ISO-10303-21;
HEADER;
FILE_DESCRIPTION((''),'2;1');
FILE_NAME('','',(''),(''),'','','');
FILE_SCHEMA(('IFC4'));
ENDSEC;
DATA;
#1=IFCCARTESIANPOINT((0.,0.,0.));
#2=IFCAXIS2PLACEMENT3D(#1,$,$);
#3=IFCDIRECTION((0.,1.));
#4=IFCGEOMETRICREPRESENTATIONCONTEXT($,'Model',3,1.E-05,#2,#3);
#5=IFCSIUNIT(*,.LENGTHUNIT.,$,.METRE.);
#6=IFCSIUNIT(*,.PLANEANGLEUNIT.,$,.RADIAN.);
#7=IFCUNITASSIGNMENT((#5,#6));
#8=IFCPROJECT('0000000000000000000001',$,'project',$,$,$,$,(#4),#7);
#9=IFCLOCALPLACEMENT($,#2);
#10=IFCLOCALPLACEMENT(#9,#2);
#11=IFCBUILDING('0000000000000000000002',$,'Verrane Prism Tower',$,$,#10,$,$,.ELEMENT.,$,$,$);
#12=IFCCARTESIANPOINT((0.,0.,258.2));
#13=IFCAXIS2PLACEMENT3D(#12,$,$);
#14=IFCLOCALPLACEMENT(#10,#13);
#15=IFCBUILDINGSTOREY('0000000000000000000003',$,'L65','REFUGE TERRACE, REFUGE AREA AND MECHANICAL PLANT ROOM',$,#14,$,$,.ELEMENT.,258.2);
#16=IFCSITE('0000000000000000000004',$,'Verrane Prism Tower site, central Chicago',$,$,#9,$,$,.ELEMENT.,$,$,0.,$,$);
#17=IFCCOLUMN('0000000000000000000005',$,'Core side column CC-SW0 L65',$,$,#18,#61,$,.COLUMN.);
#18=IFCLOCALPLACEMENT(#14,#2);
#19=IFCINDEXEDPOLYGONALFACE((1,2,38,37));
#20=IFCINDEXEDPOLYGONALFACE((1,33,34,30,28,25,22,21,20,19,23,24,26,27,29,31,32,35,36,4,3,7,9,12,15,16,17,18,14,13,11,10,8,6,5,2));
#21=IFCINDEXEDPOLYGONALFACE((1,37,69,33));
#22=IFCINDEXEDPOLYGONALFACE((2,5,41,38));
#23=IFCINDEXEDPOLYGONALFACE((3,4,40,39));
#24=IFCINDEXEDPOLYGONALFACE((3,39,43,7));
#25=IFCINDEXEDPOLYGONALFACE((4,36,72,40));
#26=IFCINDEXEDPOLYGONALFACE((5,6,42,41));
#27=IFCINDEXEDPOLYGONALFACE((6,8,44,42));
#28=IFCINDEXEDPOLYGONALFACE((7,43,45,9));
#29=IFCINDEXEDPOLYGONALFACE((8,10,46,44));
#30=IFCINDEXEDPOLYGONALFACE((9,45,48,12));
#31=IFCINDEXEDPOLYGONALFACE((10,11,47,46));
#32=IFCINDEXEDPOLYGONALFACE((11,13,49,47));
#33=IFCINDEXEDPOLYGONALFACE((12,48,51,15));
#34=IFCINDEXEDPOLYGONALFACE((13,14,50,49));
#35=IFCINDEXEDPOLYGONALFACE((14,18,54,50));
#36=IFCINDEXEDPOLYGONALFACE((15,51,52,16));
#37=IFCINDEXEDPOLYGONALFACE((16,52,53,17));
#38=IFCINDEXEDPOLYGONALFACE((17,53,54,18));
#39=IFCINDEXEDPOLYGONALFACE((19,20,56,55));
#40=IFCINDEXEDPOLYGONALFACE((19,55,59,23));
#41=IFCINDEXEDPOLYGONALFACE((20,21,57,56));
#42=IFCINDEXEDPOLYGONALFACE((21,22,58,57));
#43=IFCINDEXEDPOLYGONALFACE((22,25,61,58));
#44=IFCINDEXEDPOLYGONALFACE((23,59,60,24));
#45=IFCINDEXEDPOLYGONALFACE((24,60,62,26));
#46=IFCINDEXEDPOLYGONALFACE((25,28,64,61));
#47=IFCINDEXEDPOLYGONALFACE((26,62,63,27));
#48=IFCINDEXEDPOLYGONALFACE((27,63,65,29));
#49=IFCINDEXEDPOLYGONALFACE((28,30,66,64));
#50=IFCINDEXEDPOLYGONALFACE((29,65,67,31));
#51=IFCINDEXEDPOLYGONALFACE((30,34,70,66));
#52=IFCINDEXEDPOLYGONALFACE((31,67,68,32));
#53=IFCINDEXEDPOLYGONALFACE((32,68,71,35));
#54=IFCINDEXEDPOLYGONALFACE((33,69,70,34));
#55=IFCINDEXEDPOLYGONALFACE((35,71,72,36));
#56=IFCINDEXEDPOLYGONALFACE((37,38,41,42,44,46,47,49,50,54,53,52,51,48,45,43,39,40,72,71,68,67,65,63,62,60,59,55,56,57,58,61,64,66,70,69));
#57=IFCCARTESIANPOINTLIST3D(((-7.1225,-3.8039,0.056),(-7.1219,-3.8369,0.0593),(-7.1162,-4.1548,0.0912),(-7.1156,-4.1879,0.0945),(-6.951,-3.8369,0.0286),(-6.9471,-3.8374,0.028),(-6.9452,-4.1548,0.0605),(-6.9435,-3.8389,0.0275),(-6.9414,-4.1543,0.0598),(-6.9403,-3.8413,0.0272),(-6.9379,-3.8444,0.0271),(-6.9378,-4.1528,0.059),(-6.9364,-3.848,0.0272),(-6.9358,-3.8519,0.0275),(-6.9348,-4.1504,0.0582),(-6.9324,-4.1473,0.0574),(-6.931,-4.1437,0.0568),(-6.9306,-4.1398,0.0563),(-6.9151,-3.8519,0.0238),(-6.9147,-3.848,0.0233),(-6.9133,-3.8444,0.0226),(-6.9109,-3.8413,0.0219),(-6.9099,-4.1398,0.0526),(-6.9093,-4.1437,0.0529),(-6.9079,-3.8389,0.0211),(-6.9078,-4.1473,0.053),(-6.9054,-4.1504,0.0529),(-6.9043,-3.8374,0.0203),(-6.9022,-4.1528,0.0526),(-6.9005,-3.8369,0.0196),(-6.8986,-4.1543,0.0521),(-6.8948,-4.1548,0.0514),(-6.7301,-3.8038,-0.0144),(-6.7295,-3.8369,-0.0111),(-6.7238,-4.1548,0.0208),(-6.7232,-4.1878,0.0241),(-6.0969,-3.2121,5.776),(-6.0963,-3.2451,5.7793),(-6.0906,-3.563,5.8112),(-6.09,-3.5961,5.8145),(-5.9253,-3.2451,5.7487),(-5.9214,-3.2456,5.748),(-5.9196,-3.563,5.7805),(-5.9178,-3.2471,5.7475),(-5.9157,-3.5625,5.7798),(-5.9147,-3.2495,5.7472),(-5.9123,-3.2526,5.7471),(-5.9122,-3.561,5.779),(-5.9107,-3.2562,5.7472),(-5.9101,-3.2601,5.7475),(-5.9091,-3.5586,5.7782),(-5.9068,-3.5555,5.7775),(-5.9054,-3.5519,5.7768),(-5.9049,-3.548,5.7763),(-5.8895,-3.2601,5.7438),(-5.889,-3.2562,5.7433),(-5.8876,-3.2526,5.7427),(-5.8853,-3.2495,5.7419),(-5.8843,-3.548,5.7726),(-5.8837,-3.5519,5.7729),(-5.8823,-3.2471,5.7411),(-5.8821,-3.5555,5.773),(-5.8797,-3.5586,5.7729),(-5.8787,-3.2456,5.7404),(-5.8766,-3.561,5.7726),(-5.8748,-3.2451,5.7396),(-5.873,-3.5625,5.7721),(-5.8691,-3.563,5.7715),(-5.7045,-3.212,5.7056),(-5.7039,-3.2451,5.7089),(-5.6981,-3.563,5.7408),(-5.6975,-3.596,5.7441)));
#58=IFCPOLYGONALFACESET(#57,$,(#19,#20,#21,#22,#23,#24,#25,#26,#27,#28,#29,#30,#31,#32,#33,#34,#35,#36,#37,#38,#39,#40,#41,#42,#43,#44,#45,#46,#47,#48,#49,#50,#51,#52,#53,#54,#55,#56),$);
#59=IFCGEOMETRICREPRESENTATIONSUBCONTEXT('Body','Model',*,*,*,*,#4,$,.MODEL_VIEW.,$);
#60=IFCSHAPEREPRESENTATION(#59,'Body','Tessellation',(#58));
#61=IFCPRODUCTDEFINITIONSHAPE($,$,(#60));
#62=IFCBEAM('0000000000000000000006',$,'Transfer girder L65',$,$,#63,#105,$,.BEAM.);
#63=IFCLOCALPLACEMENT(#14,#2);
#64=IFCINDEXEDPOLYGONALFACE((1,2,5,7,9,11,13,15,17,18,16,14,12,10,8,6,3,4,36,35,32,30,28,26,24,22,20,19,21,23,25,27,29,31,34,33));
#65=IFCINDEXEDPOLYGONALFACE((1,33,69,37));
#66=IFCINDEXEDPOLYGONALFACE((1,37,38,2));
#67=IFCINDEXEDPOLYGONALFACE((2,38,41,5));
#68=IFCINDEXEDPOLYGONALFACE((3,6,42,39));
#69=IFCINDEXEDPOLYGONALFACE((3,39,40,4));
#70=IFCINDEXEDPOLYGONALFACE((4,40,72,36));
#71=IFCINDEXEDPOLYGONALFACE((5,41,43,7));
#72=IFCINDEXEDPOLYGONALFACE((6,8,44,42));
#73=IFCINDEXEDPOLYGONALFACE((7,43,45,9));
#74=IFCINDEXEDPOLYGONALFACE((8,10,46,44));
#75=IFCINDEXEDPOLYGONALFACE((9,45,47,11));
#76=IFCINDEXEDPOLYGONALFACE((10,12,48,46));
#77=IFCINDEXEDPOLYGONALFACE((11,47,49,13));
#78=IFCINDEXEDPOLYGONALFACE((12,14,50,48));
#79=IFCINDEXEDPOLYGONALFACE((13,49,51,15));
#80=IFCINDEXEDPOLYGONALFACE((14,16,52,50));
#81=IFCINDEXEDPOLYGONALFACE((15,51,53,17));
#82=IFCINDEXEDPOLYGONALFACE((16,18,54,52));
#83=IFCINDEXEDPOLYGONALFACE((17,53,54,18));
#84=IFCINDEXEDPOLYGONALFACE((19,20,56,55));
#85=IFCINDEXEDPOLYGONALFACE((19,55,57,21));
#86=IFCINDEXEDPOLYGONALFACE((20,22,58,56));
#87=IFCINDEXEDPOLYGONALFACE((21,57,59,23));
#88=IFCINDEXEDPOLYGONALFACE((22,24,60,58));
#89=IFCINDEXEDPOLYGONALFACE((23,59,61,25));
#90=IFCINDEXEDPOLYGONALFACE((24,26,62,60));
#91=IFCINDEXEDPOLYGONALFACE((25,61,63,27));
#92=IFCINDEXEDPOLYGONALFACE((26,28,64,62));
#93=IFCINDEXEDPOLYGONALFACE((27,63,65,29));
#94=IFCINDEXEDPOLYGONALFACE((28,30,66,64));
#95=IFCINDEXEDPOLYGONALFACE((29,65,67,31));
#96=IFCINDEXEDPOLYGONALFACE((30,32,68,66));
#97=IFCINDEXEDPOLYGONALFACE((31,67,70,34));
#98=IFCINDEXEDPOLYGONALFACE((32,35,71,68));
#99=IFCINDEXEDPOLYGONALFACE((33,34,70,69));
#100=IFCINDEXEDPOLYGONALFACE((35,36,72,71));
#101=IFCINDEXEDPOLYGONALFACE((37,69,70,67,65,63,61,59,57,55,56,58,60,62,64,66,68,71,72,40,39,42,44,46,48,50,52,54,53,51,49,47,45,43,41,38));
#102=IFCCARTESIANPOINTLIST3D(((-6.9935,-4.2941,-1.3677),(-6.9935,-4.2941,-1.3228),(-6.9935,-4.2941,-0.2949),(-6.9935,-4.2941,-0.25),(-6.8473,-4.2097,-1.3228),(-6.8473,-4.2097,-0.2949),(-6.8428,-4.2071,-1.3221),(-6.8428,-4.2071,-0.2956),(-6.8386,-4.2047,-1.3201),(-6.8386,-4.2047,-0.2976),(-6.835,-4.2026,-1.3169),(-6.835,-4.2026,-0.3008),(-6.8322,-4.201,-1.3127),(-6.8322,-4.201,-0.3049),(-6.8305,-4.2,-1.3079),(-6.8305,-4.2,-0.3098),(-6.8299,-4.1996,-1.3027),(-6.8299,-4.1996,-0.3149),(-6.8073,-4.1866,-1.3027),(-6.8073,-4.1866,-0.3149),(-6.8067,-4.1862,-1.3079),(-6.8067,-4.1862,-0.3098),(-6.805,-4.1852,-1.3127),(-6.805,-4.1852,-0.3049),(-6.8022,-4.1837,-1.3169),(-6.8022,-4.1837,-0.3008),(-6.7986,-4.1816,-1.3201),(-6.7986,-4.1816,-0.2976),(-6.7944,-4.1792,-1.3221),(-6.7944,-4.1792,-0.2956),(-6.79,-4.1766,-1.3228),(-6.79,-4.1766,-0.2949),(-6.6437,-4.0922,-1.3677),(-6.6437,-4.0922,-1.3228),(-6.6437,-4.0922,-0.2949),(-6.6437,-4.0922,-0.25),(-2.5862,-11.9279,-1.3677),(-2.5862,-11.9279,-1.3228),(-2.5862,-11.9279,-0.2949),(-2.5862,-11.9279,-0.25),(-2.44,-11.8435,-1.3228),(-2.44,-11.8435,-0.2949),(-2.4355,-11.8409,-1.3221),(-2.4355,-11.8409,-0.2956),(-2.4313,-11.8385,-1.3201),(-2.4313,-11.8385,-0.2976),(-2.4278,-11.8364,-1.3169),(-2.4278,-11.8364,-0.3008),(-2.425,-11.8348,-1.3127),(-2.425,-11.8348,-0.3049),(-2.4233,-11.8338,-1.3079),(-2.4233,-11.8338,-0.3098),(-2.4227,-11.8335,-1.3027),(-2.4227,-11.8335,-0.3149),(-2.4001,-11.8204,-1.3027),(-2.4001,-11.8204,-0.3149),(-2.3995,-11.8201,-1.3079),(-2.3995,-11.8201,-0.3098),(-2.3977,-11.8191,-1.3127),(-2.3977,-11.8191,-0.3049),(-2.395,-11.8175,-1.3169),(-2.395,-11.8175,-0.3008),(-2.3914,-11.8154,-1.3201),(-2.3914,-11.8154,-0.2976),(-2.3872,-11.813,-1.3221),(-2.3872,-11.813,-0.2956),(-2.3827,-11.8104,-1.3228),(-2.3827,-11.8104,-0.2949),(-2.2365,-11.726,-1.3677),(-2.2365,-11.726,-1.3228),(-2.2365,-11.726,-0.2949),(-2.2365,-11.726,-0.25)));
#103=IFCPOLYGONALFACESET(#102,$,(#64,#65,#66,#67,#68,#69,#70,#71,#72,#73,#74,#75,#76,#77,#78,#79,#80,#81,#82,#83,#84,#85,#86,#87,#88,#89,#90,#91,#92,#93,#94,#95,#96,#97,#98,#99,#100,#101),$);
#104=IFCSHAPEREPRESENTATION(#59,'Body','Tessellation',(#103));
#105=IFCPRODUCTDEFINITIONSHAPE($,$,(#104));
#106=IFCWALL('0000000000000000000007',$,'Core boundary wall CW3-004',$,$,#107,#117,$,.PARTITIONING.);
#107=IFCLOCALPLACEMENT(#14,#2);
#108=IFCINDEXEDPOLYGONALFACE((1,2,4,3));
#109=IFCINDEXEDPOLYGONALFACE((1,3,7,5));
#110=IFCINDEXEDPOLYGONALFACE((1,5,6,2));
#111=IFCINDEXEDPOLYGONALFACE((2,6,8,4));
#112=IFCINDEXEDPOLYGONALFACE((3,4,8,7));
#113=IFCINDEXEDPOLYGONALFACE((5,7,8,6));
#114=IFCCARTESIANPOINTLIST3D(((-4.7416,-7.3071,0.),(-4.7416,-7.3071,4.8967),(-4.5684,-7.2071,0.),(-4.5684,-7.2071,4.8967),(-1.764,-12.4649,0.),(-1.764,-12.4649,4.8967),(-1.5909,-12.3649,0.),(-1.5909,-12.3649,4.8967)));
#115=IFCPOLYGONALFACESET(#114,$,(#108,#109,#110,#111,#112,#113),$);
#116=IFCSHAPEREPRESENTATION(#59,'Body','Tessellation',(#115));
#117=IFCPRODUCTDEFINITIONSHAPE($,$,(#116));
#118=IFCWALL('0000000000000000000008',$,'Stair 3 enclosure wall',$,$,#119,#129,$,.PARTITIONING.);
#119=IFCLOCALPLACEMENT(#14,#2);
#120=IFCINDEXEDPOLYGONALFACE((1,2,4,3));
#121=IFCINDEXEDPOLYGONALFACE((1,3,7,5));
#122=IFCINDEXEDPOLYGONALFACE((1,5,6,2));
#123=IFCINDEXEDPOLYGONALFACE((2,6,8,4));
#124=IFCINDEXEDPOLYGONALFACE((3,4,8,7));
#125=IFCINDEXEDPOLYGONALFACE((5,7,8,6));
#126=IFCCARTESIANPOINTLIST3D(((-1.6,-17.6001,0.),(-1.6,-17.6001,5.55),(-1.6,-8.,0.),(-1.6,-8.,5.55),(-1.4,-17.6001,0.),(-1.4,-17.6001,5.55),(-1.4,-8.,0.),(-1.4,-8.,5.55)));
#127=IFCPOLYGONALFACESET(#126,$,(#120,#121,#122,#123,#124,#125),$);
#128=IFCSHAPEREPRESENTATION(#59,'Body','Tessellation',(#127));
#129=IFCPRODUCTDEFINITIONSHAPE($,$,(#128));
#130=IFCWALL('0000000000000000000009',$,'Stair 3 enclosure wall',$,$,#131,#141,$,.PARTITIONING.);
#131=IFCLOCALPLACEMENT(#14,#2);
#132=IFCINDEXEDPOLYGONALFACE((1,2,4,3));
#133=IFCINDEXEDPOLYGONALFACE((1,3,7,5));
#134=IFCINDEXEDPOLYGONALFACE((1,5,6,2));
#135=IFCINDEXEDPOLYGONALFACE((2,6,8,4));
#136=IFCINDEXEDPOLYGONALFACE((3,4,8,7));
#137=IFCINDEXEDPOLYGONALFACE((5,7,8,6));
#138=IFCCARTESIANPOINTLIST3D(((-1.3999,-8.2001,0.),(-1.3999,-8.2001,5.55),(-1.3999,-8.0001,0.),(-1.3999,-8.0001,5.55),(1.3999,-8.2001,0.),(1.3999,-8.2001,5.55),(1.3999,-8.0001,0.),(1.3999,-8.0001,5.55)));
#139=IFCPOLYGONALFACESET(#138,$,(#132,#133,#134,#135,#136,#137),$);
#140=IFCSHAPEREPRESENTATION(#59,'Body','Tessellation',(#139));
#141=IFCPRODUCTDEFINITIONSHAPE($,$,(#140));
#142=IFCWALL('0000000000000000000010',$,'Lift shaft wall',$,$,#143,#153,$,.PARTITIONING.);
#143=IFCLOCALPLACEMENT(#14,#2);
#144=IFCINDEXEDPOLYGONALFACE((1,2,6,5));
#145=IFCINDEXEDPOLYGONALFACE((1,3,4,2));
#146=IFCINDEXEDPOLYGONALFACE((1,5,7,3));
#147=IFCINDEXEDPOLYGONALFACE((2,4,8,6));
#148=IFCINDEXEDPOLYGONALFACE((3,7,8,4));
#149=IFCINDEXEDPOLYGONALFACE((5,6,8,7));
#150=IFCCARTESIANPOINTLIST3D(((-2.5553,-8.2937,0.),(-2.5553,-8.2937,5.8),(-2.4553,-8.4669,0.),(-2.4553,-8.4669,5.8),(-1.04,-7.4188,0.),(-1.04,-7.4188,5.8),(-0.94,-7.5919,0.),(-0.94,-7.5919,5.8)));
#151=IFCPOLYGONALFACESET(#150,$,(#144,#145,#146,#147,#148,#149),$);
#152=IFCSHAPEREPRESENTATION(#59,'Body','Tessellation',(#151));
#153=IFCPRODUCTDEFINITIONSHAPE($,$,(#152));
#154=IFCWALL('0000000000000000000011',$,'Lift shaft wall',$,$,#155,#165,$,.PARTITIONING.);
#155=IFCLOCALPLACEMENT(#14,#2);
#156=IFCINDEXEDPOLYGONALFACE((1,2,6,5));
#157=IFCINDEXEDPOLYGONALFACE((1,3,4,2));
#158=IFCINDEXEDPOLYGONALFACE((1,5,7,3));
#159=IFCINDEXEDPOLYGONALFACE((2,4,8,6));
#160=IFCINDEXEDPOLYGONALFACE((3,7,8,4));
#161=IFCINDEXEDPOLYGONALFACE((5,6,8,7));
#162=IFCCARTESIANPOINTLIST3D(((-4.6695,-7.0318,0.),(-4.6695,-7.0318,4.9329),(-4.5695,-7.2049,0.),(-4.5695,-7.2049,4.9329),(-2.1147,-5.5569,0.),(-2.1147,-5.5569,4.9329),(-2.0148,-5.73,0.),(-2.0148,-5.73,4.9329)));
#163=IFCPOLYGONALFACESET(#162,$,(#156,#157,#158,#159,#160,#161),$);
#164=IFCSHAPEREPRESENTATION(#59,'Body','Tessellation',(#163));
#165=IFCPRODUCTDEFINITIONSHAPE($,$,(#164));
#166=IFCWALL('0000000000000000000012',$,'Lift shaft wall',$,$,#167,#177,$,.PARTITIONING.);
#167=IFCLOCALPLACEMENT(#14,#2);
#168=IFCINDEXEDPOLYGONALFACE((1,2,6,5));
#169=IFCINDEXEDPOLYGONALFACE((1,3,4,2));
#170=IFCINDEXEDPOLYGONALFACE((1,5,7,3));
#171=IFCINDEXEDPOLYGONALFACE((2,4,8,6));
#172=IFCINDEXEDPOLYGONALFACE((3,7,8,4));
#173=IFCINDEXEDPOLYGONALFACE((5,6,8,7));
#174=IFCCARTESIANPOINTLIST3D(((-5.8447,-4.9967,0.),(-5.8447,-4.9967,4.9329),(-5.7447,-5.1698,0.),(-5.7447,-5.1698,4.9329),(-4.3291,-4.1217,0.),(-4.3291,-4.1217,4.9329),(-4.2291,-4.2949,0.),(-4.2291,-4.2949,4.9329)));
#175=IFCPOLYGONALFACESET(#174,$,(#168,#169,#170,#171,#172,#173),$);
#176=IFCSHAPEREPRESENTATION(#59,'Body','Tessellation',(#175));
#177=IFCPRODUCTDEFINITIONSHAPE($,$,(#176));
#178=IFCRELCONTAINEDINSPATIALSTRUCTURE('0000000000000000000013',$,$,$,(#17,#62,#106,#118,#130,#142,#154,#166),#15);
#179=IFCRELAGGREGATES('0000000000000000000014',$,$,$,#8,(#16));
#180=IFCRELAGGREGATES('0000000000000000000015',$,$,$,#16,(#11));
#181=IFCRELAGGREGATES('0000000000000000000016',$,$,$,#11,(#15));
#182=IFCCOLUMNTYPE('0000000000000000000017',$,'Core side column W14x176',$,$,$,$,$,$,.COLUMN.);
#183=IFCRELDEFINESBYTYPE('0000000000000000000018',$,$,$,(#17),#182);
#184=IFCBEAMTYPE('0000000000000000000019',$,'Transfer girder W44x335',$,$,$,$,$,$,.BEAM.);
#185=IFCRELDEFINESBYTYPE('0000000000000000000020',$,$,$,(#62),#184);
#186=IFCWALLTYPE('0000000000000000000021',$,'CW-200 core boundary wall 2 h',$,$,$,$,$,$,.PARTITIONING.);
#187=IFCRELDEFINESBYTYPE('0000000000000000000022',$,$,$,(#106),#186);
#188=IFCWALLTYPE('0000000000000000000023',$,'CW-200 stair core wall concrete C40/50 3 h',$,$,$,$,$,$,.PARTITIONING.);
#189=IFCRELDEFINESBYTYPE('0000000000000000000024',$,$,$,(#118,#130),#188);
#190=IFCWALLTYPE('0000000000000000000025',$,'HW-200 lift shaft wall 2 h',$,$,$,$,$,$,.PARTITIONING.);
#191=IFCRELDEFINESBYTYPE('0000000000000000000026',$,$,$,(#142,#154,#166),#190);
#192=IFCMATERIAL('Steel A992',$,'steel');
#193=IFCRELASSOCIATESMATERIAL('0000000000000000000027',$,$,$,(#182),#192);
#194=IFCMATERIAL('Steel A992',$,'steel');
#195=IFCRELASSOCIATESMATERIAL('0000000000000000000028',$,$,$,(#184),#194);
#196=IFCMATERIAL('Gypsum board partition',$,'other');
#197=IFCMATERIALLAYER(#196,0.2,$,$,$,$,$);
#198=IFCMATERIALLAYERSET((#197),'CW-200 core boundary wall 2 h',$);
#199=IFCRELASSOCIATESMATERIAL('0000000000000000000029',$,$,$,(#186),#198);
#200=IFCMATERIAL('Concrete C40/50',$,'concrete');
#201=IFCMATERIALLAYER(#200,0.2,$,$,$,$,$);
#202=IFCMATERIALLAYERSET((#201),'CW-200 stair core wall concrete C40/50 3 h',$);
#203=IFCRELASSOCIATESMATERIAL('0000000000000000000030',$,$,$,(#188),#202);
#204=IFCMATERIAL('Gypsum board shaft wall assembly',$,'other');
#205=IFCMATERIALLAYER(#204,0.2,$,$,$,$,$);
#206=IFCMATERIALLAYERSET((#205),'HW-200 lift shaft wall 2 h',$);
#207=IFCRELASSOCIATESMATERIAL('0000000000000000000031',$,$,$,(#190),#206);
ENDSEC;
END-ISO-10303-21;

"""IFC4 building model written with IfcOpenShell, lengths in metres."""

from ifc_helpers import new_model, si_unit, direction, frame, frame_2d, origin, origin_2d, place, context, subcontext, project, spatial, rectangle, i_section, extrude, material, layer, layer_set, material_profile, profile_set, type_object, element, save


model = new_model("IFC4")

# Units and contexts
model_context = context("Model", 3, precision=1e-05, world=origin(), true_north=direction((0.0, 1.0)))
body_context = subcontext(model_context, "Body", "Model", "MODEL_VIEW")
ifc_project = project(units=[si_unit("LENGTHUNIT", "METRE"), si_unit("PLANEANGLEUNIT", "RADIAN")], contexts=[model_context])

# Site, building, storey
site_placement = place(None, origin())
site = spatial("IfcSite", under=ifc_project, at=site_placement, Name="Verrane Prism Tower site, central Chicago", CompositionType="ELEMENT", RefElevation=0.0)
building_placement = place(site_placement, origin())
building = spatial("IfcBuilding", under=site, at=building_placement, Name="Verrane Prism Tower", CompositionType="ELEMENT")
storey_placement = place(building_placement, frame((0.0, 0.0, 258.2)))
storey = spatial("IfcBuildingStorey", under=building, at=storey_placement, Name="L65", Description="REFUGE TERRACE, REFUGE AREA AND MECHANICAL PLANT ROOM", CompositionType="ELEMENT", Elevation=258.2)

# Column
ifc_material_1 = material(Name="Steel A992", Category="steel")
ifc_material_profile_1 = material_profile(ifc_material_1, i_section(OverallWidth=0.3987, OverallDepth=0.386, WebThickness=0.021, FlangeThickness=0.0332, FilletRadius=0.0151, at=origin_2d()), Name="W14x176")
ifc_profile_set_1 = profile_set([ifc_material_profile_1], Name="Steel A992")
column_type = type_object("IfcColumnType", Name="Core side column W14x176", PredefinedType="COLUMN", material=ifc_profile_set_1)
column_placement = place(storey_placement, frame((-6.9229, -3.9958, 0.04), z_axis=(0.175585, 0.101313, 0.979237), x_axis=(0.984301, 0.00006, -0.176499)))
element("IfcColumn", 1, at=column_placement, inside=storey, type_object=column_type, Name="Core side column CC-SW0 L65", PredefinedType="COLUMN", context=body_context, shape_type="SweptSolid", body=[
    extrude(i_section(OverallWidth=0.3987, OverallDepth=0.386, WebThickness=0.021, FlangeThickness=0.0332, FilletRadius=0.0151, at=origin_2d()), origin(), (0.0, 0.0, 1.0), 5.8413),
])

# Beam
ifc_material_2 = material(Name="Steel A992", Category="steel")
ifc_material_profile_2 = material_profile(ifc_material_2, i_section(OverallWidth=0.4038, OverallDepth=1.1177, WebThickness=0.0261, FlangeThickness=0.0449, FilletRadius=0.02, at=origin_2d()), Name="W44x335")
ifc_profile_set_2 = profile_set([ifc_material_profile_2], Name="Steel A992")
beam_type = type_object("IfcBeamType", Name="Transfer girder W44x335", PredefinedType="BEAM", material=ifc_profile_set_2)
beam_placement = place(storey_placement, frame((-6.8186, -4.1931, -0.8088), z_axis=(0.499988, -0.866032, 0.0), x_axis=(0.866032, 0.499988, 0.0)))
element("IfcBeam", 2, at=beam_placement, inside=storey, type_object=beam_type, Name="Transfer girder L65", PredefinedType="BEAM", context=body_context, shape_type="SweptSolid", body=[
    extrude(i_section(OverallWidth=0.4038, OverallDepth=1.1177, WebThickness=0.0261, FlangeThickness=0.0449, FilletRadius=0.02, at=origin_2d()), origin(), (0.0, 0.0, 1.0), 8.8147),
])

# Walls
ifc_material_3 = material(Name="Gypsum board partition", Category="other")
ifc_layer_1 = layer(ifc_material_3, 0.2)
ifc_layer_set_1 = layer_set([ifc_layer_1], Name="CW-200 core boundary wall 2 h")
wall_type_1 = type_object("IfcWallType", Name="CW-200 core boundary wall 2 h", PredefinedType="PARTITIONING", material=ifc_layer_set_1)
wall_1_placement = place(storey_placement, frame((-4.655, -7.2571, 0.0), z_axis=(0.0, 0.0, 1.0), x_axis=(0.499966, -0.866045, 0.0)))
element("IfcWall", 3, at=wall_1_placement, inside=storey, type_object=wall_type_1, Name="Core boundary wall CW3-004", PredefinedType="PARTITIONING", context=body_context, shape_type="SweptSolid", body=[
    extrude(rectangle(XDim=5.9556, YDim=0.2, at=frame_2d((2.9778, 0.0))), origin(), (0.0, 0.0, 1.0), 4.8967),
])
ifc_material_4 = material(Name="Concrete C40/50", Category="concrete")
ifc_layer_2 = layer(ifc_material_4, 0.2)
ifc_layer_set_2 = layer_set([ifc_layer_2], Name="CW-200 stair core wall concrete C40/50 3 h")
wall_type_2 = type_object("IfcWallType", Name="CW-200 stair core wall concrete C40/50 3 h", PredefinedType="PARTITIONING", material=ifc_layer_set_2)
wall_2_placement = place(storey_placement, frame((-1.5, -8.0, 0.0), z_axis=(0.0, 0.0, 1.0), x_axis=(0.0, -1.0, 0.0)))
element("IfcWall", 4, at=wall_2_placement, inside=storey, type_object=wall_type_2, Name="Stair 3 enclosure wall", PredefinedType="PARTITIONING", context=body_context, shape_type="SweptSolid", body=[
    extrude(rectangle(XDim=9.6001, YDim=0.2, at=frame_2d((4.8, 0.0))), origin(), (0.0, 0.0, 1.0), 5.55),
])
wall_3_placement = place(storey_placement, frame((-1.3999, -8.1001, 0.0), z_axis=(0.0, 0.0, 1.0), x_axis=(1.0, 0.0, 0.0)))
element("IfcWall", 5, at=wall_3_placement, inside=storey, type_object=wall_type_2, Name="Stair 3 enclosure wall", PredefinedType="PARTITIONING", context=body_context, shape_type="SweptSolid", body=[
    extrude(rectangle(XDim=2.7998, YDim=0.2, at=frame_2d((1.3999, 0.0))), origin(), (0.0, 0.0, 1.0), 5.55),
])
ifc_material_5 = material(Name="Gypsum board shaft wall assembly", Category="other")
ifc_layer_3 = layer(ifc_material_5, 0.2)
ifc_layer_set_3 = layer_set([ifc_layer_3], Name="HW-200 lift shaft wall 2 h")
wall_type_3 = type_object("IfcWallType", Name="HW-200 lift shaft wall 2 h", PredefinedType="PARTITIONING", material=ifc_layer_set_3)
wall_4_placement = place(storey_placement, frame((-2.5054, -8.3804, 0.0), z_axis=(0.0, 0.0, 1.0), x_axis=(0.866002, 0.50004, 0.0)))
element("IfcWall", 6, at=wall_4_placement, inside=storey, type_object=wall_type_3, Name="Lift shaft wall", PredefinedType="PARTITIONING", context=body_context, shape_type="SweptSolid", body=[
    extrude(rectangle(XDim=1.7498, YDim=0.2, at=frame_2d((0.875, 0.0))), origin(), (0.0, 0.0, 1.0), 5.8),
])
wall_5_placement = place(storey_placement, frame((-4.6196, -7.1184, 0.0), z_axis=(0.0, 0.0, 1.0), x_axis=(0.866039, 0.499976, 0.0)))
element("IfcWall", 7, at=wall_5_placement, inside=storey, type_object=wall_type_3, Name="Lift shaft wall", PredefinedType="PARTITIONING", context=body_context, shape_type="SweptSolid", body=[
    extrude(rectangle(XDim=2.95, YDim=0.2, at=frame_2d((1.4751, 0.0))), origin(), (0.0, 0.0, 1.0), 4.9329),
])
wall_6_placement = place(storey_placement, frame((-5.7947, -5.0833, 0.0), z_axis=(0.0, 0.0, 1.0), x_axis=(0.866037, 0.49998, 0.0)))
element("IfcWall", 8, at=wall_6_placement, inside=storey, type_object=wall_type_3, Name="Lift shaft wall", PredefinedType="PARTITIONING", context=body_context, shape_type="SweptSolid", body=[
    extrude(rectangle(XDim=1.75, YDim=0.2, at=frame_2d((0.875, 0.0))), origin(), (0.0, 0.0, 1.0), 4.9329),
])

save(model, "model.ifc")
